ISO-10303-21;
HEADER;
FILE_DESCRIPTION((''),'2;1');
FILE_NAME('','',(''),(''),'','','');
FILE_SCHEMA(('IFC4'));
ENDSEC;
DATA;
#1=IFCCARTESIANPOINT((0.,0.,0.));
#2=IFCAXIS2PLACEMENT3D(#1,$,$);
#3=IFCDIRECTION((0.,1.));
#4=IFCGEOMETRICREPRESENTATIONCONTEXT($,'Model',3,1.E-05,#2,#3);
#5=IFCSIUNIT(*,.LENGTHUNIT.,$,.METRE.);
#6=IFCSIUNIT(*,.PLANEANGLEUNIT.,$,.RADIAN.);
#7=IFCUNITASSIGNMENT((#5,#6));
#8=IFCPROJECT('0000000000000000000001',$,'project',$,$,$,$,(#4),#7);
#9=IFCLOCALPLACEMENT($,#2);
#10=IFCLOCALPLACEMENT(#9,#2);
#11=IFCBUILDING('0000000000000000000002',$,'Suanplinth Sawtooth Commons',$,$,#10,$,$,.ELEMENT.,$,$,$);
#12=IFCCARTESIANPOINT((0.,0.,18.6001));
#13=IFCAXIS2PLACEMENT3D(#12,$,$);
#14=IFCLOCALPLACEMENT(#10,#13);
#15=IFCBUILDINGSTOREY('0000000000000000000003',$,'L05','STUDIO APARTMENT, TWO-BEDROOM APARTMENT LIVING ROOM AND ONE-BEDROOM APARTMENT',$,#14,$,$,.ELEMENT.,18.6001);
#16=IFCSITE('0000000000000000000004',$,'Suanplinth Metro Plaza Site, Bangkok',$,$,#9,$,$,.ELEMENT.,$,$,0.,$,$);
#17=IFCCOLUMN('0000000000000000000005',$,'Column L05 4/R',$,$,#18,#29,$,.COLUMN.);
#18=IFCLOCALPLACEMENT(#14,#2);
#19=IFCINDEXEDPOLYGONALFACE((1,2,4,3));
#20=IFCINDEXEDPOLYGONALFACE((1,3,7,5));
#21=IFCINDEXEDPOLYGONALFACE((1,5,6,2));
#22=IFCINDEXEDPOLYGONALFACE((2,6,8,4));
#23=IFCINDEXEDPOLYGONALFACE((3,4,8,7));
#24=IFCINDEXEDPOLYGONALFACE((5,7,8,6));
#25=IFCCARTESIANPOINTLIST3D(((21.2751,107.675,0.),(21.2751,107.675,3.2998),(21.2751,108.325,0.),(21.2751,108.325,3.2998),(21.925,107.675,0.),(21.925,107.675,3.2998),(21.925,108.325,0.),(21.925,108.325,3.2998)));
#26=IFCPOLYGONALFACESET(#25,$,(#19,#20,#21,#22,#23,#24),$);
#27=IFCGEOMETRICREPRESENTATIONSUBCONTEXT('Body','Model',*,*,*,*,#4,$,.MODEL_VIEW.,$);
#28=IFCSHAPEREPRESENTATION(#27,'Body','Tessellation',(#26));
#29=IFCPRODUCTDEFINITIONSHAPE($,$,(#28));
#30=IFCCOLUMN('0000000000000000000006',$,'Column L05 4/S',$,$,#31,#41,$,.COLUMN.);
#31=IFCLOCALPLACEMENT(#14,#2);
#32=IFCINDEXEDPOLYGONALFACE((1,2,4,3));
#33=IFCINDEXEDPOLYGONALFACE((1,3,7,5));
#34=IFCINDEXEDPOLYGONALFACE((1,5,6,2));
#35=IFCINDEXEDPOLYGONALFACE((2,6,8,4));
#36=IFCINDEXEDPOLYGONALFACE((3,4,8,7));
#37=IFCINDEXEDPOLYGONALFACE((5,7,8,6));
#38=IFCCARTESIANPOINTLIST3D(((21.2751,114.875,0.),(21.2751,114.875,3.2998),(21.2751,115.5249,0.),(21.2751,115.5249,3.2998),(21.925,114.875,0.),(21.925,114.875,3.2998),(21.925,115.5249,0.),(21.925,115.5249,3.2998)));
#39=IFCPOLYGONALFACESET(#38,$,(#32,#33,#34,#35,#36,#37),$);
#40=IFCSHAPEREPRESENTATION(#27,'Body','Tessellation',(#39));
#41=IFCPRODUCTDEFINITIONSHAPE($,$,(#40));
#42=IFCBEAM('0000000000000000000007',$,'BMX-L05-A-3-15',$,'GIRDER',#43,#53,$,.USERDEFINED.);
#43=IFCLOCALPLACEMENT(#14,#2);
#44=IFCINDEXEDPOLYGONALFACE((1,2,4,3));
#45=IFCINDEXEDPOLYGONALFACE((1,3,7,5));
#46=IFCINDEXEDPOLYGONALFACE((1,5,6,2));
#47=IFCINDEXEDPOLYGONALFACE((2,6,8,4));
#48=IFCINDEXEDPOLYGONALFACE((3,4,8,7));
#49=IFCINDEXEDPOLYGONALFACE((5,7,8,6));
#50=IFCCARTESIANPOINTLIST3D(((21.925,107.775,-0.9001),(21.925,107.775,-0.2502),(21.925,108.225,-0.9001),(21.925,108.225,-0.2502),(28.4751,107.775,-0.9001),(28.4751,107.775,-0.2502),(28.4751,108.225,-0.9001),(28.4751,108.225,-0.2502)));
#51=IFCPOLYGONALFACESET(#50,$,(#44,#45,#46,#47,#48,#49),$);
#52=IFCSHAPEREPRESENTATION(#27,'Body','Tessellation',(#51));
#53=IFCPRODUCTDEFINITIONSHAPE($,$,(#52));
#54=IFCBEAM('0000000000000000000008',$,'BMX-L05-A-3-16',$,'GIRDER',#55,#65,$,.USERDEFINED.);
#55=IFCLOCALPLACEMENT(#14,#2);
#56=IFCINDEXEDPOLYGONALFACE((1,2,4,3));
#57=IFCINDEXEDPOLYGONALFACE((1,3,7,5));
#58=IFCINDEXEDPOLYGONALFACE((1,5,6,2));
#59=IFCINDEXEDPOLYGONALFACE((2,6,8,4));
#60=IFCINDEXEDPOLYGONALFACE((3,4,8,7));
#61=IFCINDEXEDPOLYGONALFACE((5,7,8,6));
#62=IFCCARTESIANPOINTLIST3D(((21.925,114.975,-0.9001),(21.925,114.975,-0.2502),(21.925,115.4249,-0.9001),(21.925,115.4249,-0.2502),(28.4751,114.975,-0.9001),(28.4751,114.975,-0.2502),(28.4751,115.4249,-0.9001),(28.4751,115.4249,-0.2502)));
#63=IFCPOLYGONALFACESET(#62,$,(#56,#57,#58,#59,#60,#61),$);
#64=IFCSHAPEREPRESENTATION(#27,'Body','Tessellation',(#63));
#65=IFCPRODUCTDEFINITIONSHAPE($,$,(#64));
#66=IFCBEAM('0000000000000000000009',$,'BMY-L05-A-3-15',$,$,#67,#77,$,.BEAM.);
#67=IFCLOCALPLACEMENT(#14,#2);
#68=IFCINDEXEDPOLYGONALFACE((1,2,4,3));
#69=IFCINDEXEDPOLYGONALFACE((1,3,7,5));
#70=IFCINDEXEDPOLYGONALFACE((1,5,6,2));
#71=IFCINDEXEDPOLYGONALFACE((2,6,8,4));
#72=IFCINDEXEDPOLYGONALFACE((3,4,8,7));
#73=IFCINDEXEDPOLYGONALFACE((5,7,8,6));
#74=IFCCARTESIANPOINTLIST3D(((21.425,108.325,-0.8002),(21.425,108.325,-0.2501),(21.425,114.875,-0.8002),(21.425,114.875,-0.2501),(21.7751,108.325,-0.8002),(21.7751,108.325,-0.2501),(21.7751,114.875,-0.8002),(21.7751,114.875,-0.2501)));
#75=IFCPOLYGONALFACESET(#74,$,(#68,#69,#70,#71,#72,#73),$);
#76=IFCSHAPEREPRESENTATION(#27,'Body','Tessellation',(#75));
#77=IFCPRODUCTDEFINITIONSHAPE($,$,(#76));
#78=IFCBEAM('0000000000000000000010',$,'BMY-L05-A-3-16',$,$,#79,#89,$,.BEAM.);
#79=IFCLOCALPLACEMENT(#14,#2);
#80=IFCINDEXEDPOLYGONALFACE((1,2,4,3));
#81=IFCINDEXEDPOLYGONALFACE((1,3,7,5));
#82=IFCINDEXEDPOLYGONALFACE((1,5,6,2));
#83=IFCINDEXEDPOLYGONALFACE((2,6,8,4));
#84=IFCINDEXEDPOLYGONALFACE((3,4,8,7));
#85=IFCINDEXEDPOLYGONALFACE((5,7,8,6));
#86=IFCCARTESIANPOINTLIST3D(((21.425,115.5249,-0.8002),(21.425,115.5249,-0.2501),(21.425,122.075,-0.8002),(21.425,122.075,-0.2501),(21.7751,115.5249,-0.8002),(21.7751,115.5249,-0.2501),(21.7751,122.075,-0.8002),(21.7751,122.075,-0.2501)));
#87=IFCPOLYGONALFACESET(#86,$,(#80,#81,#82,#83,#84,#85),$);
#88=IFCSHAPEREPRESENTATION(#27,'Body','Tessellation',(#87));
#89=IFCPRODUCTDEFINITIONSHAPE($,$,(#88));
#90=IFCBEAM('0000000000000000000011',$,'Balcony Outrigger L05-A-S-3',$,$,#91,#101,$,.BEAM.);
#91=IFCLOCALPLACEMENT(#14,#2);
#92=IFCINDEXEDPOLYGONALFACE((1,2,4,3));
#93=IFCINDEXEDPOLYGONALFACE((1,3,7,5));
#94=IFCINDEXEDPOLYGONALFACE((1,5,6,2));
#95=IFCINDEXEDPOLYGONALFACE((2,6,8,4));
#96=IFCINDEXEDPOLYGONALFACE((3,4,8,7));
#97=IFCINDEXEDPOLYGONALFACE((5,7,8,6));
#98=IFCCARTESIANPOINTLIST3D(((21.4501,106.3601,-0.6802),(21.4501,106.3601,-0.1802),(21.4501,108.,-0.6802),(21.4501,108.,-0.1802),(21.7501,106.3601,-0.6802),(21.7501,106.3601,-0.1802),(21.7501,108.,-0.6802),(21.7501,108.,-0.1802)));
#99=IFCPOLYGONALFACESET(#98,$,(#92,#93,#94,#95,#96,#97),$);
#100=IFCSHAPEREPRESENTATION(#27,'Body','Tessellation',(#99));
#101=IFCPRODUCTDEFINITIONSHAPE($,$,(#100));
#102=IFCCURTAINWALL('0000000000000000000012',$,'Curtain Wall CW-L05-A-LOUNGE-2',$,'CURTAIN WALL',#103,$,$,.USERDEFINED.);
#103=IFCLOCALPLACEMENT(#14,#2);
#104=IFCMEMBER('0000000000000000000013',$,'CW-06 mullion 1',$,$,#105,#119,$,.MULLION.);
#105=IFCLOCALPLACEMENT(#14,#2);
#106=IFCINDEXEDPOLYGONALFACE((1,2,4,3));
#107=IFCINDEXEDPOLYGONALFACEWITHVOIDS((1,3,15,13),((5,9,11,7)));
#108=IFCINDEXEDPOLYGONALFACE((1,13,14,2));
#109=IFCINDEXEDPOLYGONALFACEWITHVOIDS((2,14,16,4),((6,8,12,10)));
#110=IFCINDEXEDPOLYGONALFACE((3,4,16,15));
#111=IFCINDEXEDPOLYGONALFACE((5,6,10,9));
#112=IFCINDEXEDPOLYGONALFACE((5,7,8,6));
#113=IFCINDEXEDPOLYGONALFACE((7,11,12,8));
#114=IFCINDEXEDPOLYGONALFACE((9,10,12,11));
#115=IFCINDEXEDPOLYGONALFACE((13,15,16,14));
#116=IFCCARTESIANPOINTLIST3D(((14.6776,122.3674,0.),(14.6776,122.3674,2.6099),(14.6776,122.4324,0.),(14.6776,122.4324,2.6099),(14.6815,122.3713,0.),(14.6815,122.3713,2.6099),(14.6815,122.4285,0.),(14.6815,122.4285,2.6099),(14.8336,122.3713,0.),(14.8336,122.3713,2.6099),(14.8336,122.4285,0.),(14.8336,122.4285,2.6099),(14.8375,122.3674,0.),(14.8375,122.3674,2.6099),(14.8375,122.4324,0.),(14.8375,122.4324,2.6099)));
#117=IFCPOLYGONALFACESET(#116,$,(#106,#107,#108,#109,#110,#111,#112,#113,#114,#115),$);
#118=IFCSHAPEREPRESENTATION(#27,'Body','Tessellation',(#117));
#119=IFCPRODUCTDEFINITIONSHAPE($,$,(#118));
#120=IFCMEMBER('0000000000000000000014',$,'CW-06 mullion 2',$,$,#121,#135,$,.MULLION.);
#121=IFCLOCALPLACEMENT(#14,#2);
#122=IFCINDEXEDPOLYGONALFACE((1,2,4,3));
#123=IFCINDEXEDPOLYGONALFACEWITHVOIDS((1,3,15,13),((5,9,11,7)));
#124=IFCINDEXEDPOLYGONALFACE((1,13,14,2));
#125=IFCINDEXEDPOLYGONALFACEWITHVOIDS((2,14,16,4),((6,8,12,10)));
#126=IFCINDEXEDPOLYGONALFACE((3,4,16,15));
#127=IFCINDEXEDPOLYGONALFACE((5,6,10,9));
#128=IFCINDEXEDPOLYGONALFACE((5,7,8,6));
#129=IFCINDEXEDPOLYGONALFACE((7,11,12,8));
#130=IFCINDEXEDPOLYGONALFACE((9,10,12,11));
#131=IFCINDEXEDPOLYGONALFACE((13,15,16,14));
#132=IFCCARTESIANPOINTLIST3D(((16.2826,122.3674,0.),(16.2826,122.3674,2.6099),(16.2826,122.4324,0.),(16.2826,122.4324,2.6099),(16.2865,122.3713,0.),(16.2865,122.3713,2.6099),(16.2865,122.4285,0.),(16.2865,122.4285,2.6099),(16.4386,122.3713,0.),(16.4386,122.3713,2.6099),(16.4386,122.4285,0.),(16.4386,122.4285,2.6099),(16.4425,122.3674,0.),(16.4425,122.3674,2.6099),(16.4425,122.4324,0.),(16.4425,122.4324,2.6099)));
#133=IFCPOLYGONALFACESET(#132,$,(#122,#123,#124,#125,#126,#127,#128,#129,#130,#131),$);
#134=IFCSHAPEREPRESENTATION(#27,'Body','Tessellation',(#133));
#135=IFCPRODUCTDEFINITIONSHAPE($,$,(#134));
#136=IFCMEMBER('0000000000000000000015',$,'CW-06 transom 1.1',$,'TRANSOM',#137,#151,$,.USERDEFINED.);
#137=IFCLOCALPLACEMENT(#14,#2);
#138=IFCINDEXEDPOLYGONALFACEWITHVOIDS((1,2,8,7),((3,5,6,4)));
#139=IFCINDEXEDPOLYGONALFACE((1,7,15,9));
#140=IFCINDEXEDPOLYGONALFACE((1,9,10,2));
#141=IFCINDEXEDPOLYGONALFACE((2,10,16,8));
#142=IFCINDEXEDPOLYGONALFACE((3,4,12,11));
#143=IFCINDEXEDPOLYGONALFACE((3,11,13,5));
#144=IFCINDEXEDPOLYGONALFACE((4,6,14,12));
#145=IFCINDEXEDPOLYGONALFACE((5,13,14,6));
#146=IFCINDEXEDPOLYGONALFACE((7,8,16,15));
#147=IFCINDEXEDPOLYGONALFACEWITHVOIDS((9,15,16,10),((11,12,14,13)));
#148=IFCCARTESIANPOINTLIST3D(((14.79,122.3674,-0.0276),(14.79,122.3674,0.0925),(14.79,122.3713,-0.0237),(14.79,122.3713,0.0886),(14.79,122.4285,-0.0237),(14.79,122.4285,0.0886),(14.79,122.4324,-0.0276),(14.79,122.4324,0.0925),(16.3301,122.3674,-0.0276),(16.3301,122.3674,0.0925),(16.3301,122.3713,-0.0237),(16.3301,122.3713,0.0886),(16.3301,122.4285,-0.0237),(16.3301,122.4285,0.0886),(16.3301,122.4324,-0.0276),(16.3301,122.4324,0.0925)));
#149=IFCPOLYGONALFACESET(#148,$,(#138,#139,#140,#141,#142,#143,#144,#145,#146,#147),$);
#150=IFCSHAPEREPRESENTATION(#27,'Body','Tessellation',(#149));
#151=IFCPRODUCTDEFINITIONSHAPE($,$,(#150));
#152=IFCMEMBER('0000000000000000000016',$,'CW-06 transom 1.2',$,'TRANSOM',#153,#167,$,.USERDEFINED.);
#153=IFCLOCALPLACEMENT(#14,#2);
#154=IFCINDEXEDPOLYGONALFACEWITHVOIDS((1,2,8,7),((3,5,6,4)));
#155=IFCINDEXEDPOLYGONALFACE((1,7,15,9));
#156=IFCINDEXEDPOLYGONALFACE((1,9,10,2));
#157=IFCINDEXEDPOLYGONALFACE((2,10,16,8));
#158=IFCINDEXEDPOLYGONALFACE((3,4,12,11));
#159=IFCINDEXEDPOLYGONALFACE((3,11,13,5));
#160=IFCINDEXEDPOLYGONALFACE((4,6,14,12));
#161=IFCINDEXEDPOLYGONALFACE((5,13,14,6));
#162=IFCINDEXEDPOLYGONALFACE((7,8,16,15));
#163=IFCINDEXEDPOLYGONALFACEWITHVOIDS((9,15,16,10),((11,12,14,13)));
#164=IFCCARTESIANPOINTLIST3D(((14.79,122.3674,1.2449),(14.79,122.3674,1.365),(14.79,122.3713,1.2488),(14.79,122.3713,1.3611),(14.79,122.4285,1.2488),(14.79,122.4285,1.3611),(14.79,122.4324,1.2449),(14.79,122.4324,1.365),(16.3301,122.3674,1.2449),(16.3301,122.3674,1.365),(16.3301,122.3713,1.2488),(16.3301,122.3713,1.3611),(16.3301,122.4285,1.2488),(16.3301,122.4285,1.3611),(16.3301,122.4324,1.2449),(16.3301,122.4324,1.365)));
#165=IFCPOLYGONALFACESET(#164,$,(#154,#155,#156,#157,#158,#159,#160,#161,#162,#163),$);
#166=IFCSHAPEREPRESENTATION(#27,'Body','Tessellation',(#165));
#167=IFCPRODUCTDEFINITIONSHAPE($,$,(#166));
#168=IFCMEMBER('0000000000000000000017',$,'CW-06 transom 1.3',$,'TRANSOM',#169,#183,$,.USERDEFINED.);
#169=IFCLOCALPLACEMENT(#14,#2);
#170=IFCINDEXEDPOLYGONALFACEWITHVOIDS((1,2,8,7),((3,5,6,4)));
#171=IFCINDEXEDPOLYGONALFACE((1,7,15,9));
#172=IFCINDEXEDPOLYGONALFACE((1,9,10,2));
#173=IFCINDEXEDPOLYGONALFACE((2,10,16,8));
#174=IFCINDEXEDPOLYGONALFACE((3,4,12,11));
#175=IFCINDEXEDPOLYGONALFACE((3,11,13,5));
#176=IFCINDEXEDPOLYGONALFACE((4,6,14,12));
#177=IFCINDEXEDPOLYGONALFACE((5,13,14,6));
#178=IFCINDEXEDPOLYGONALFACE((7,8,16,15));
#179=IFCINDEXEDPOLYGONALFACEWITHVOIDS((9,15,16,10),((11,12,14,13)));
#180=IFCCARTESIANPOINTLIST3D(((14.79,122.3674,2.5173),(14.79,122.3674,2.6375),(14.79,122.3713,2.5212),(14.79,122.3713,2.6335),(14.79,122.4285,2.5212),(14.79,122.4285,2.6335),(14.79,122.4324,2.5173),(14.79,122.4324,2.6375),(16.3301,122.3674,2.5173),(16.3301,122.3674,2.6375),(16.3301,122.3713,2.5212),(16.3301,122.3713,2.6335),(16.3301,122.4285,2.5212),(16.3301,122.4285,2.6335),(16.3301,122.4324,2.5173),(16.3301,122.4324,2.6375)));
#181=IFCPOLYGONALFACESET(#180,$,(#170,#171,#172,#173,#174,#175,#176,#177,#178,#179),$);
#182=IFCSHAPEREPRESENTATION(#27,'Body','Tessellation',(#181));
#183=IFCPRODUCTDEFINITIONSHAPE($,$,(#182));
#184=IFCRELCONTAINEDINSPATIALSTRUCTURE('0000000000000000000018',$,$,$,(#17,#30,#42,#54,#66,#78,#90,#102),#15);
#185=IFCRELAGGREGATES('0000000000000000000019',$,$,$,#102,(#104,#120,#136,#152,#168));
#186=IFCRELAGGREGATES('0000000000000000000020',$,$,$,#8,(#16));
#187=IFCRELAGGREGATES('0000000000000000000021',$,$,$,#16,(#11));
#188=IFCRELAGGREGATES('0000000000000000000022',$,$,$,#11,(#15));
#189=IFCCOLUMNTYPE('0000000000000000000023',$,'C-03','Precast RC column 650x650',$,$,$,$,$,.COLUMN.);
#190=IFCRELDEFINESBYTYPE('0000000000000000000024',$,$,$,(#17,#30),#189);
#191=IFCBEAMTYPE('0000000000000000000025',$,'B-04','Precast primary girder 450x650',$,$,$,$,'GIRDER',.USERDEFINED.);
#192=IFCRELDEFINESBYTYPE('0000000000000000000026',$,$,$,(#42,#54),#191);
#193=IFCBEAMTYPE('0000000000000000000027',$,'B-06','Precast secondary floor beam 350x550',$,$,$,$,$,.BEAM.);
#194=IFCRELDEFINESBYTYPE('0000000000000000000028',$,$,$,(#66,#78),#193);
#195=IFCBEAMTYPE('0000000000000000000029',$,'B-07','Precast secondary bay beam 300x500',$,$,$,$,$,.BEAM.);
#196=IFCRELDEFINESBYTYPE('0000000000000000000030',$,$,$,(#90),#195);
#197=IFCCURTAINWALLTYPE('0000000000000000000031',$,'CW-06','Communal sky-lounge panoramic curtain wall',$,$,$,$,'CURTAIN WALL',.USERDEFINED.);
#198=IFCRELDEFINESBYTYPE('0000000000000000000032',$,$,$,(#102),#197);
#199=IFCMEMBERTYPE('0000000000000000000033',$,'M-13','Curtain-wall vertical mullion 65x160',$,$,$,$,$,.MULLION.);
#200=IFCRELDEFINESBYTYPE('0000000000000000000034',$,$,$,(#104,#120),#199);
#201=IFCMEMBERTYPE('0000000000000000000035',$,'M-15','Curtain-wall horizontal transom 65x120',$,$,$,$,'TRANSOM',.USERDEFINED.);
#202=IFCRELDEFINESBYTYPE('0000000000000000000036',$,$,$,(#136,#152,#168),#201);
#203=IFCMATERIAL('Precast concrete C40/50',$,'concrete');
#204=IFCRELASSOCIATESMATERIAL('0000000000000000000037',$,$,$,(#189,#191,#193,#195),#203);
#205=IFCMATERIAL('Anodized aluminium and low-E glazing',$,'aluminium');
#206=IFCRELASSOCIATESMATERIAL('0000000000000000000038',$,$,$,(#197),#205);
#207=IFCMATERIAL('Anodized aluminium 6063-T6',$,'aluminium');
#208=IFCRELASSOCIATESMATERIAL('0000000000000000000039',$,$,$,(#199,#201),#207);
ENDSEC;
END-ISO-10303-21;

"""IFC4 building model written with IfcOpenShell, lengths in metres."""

from ifc_helpers import new_model, si_unit, direction, frame, origin, origin_2d, place, context, subcontext, project, spatial, rectangle, hollow_rectangle, extrude, material, material_profile, profile_set, type_object, element, aggregate, save


model = new_model("IFC4")

# Units and contexts
model_context = context("Model", 3, precision=1e-05, world=origin(), true_north=direction((0.0, 1.0)))
body_context = subcontext(model_context, "Body", "Model", "MODEL_VIEW")
ifc_project = project(units=[si_unit("LENGTHUNIT", "METRE"), si_unit("PLANEANGLEUNIT", "RADIAN")], contexts=[model_context])

# Site, building, storey
site_placement = place(None, origin())
site = spatial("IfcSite", under=ifc_project, at=site_placement, Name="Suanplinth Metro Plaza Site, Bangkok", CompositionType="ELEMENT", RefElevation=0.0)
building_placement = place(site_placement, origin())
building = spatial("IfcBuilding", under=site, at=building_placement, Name="Suanplinth Sawtooth Commons", CompositionType="ELEMENT")
storey_placement = place(building_placement, frame((0.0, 0.0, 18.6001)))
storey = spatial("IfcBuildingStorey", under=building, at=storey_placement, Name="L05", Description="STUDIO APARTMENT, TWO-BEDROOM APARTMENT LIVING ROOM AND ONE-BEDROOM APARTMENT", CompositionType="ELEMENT", Elevation=18.6001)

# Columns
ifc_material_1 = material(Name="Precast concrete C40/50", Category="concrete")
ifc_material_profile_1 = material_profile(ifc_material_1, rectangle(XDim=0.6499, YDim=0.6499, at=origin_2d()), Name="PC-COL 650x650")
ifc_profile_set_1 = profile_set([ifc_material_profile_1], Name="Precast concrete C40/50")
column_type = type_object("IfcColumnType", Name="C-03", Description="Precast RC column 650x650", PredefinedType="COLUMN", material=ifc_profile_set_1)
for number, where, z_axis, x_axis, name in (
    (1, (21.6001, 108.0, 0.0), (0.0, 0.0, 1.0), (1.0, 0.0, 0.0), "Column L05 4/R"),
    (2, (21.6001, 115.2, 0.0), (0.0, 0.0, 1.0), (1.0, 0.0, 0.0), "Column L05 4/S"),
):
    element("IfcColumn", number, at=place(storey_placement, frame(where, z_axis=z_axis, x_axis=x_axis)), inside=storey, type_object=column_type, Name=name, PredefinedType="COLUMN", context=body_context, shape_type="SweptSolid", body=[
        extrude(rectangle(XDim=0.6499, YDim=0.6499, at=origin_2d()), origin(), (0.0, 0.0, 1.0), 3.2998),
    ])

# Beams
ifc_material_profile_2 = material_profile(ifc_material_1, rectangle(XDim=0.45, YDim=0.6499, at=origin_2d()), Name="PC-GDR 450x650")
ifc_profile_set_2 = profile_set([ifc_material_profile_2], Name="Precast concrete C40/50")
beam_type_1 = type_object("IfcBeamType", Name="B-04", Description="Precast primary girder 450x650", ElementType="GIRDER", PredefinedType="USERDEFINED", material=ifc_profile_set_2)
for number, where, z_axis, x_axis, name in (
    (3, (21.925, 108.0, -0.5752), (1.0, 0.0, 0.0), (0.0, 1.0, 0.0), "BMX-L05-A-3-15"),
    (4, (21.925, 115.2, -0.5752), (1.0, 0.0, 0.0), (0.0, 1.0, 0.0), "BMX-L05-A-3-16"),
):
    element("IfcBeam", number, at=place(storey_placement, frame(where, z_axis=z_axis, x_axis=x_axis)), inside=storey, type_object=beam_type_1, Name=name, ObjectType="GIRDER", PredefinedType="USERDEFINED", context=body_context, shape_type="SweptSolid", body=[
        extrude(rectangle(XDim=0.45, YDim=0.6499, at=origin_2d()), origin(), (0.0, 0.0, 1.0), 6.55),
    ])
ifc_material_profile_3 = material_profile(ifc_material_1, rectangle(XDim=0.3501, YDim=0.55, at=origin_2d()), Name="PC-BM 350x550")
ifc_profile_set_3 = profile_set([ifc_material_profile_3], Name="Precast concrete C40/50")
beam_type_2 = type_object("IfcBeamType", Name="B-06", Description="Precast secondary floor beam 350x550", PredefinedType="BEAM", material=ifc_profile_set_3)
for number, where, z_axis, x_axis, name in (
    (5, (21.6001, 108.325, -0.5251), (0.0, 1.0, 0.0), (-1.0, 0.0, 0.0), "BMY-L05-A-3-15"),
    (6, (21.6001, 115.5249, -0.5251), (0.0, 1.0, 0.0), (-1.0, 0.0, 0.0), "BMY-L05-A-3-16"),
):
    element("IfcBeam", number, at=place(storey_placement, frame(where, z_axis=z_axis, x_axis=x_axis)), inside=storey, type_object=beam_type_2, Name=name, PredefinedType="BEAM", context=body_context, shape_type="SweptSolid", body=[
        extrude(rectangle(XDim=0.3501, YDim=0.55, at=origin_2d()), origin(), (0.0, 0.0, 1.0), 6.55),
    ])
ifc_material_profile_4 = material_profile(ifc_material_1, rectangle(XDim=0.3, YDim=0.5, at=origin_2d()), Name="PC-BM 300x500")
ifc_profile_set_4 = profile_set([ifc_material_profile_4], Name="Precast concrete C40/50")
beam_type_3 = type_object("IfcBeamType", Name="B-07", Description="Precast secondary bay beam 300x500", PredefinedType="BEAM", material=ifc_profile_set_4)
beam_placement = place(storey_placement, frame((21.6001, 108.0, -0.4302), z_axis=(0.0, -1.0, 0.0), x_axis=(1.0, 0.0, 0.0)))
element("IfcBeam", 7, at=beam_placement, inside=storey, type_object=beam_type_3, Name="Balcony Outrigger L05-A-S-3", PredefinedType="BEAM", context=body_context, shape_type="SweptSolid", body=[
    extrude(rectangle(XDim=0.3, YDim=0.5, at=origin_2d()), origin(), (0.0, 0.0, 1.0), 1.6399),
])

# Curtain wall, members
ifc_material_2 = material(Name="Anodized aluminium and low-E glazing", Category="aluminium")
curtain_wall_type = type_object("IfcCurtainWallType", Name="CW-06", Description="Communal sky-lounge panoramic curtain wall", ElementType="CURTAIN WALL", PredefinedType="USERDEFINED", material=ifc_material_2)
curtain_wall_placement = place(storey_placement, origin())
curtain_wall = element("IfcCurtainWall", 8, at=curtain_wall_placement, inside=storey, type_object=curtain_wall_type, Name="Curtain Wall CW-L05-A-LOUNGE-2", ObjectType="CURTAIN WALL", PredefinedType="USERDEFINED")
ifc_material_3 = material(Name="Anodized aluminium 6063-T6", Category="aluminium")
ifc_material_profile_5 = material_profile(ifc_material_3, hollow_rectangle(XDim=0.0649, YDim=0.1599, WallThickness=0.0039, at=origin_2d()), Name="ALU-MUL 65x160")
ifc_profile_set_5 = profile_set([ifc_material_profile_5], Name="Anodized aluminium 6063-T6")
member_type_1 = type_object("IfcMemberType", Name="M-13", Description="Curtain-wall vertical mullion 65x160", PredefinedType="MULLION", material=ifc_profile_set_5)
member_1_placement = place(storey_placement, frame((14.7576, 122.3999, 0.0), z_axis=(0.0, 0.0, 1.0), x_axis=(0.0, 1.0, 0.0)))
member_1 = element("IfcMember", 9, at=member_1_placement, type_object=member_type_1, Name="CW-06 mullion 1", PredefinedType="MULLION", context=body_context, shape_type="SweptSolid", body=[
    extrude(hollow_rectangle(XDim=0.0649, YDim=0.1599, WallThickness=0.0039, at=origin_2d()), origin(), (0.0, 0.0, 1.0), 2.6099),
])
member_2_placement = place(storey_placement, frame((16.3625, 122.3999, 0.0), z_axis=(0.0, 0.0, 1.0), x_axis=(0.0, 1.0, 0.0)))
member_2 = element("IfcMember", 10, at=member_2_placement, type_object=member_type_1, Name="CW-06 mullion 2", PredefinedType="MULLION", context=body_context, shape_type="SweptSolid", body=[
    extrude(hollow_rectangle(XDim=0.0649, YDim=0.1599, WallThickness=0.0039, at=origin_2d()), origin(), (0.0, 0.0, 1.0), 2.6099),
])
ifc_material_profile_6 = material_profile(ifc_material_3, hollow_rectangle(XDim=0.0649, YDim=0.1201, WallThickness=0.0039, at=origin_2d()), Name="ALU-TRN 65x120")
ifc_profile_set_6 = profile_set([ifc_material_profile_6], Name="Anodized aluminium 6063-T6")
member_type_2 = type_object("IfcMemberType", Name="M-15", Description="Curtain-wall horizontal transom 65x120", ElementType="TRANSOM", PredefinedType="USERDEFINED", material=ifc_profile_set_6)
member_3_placement = place(storey_placement, frame((14.79, 122.3999, 0.0325), z_axis=(1.0, 0.0, 0.0), x_axis=(0.0, 1.0, 0.0)))
member_3 = element("IfcMember", 11, at=member_3_placement, type_object=member_type_2, Name="CW-06 transom 1.1", ObjectType="TRANSOM", PredefinedType="USERDEFINED", context=body_context, shape_type="SweptSolid", body=[
    extrude(hollow_rectangle(XDim=0.0649, YDim=0.1201, WallThickness=0.0039, at=origin_2d()), origin(), (0.0, 0.0, 1.0), 1.54),
])
member_4_placement = place(storey_placement, frame((14.79, 122.3999, 1.3049), z_axis=(1.0, 0.0, 0.0), x_axis=(0.0, 1.0, 0.0)))
member_4 = element("IfcMember", 12, at=member_4_placement, type_object=member_type_2, Name="CW-06 transom 1.2", ObjectType="TRANSOM", PredefinedType="USERDEFINED", context=body_context, shape_type="SweptSolid", body=[
    extrude(hollow_rectangle(XDim=0.0649, YDim=0.1201, WallThickness=0.0039, at=origin_2d()), origin(), (0.0, 0.0, 1.0), 1.54),
])
member_5_placement = place(storey_placement, frame((14.79, 122.3999, 2.5774), z_axis=(1.0, 0.0, 0.0), x_axis=(0.0, 1.0, 0.0)))
member_5 = element("IfcMember", 13, at=member_5_placement, type_object=member_type_2, Name="CW-06 transom 1.3", ObjectType="TRANSOM", PredefinedType="USERDEFINED", context=body_context, shape_type="SweptSolid", body=[
    extrude(hollow_rectangle(XDim=0.0649, YDim=0.1201, WallThickness=0.0039, at=origin_2d()), origin(), (0.0, 0.0, 1.0), 1.54),
])
aggregate(curtain_wall, [member_1, member_2, member_3, member_4, member_5])

save(model, "model.ifc")
